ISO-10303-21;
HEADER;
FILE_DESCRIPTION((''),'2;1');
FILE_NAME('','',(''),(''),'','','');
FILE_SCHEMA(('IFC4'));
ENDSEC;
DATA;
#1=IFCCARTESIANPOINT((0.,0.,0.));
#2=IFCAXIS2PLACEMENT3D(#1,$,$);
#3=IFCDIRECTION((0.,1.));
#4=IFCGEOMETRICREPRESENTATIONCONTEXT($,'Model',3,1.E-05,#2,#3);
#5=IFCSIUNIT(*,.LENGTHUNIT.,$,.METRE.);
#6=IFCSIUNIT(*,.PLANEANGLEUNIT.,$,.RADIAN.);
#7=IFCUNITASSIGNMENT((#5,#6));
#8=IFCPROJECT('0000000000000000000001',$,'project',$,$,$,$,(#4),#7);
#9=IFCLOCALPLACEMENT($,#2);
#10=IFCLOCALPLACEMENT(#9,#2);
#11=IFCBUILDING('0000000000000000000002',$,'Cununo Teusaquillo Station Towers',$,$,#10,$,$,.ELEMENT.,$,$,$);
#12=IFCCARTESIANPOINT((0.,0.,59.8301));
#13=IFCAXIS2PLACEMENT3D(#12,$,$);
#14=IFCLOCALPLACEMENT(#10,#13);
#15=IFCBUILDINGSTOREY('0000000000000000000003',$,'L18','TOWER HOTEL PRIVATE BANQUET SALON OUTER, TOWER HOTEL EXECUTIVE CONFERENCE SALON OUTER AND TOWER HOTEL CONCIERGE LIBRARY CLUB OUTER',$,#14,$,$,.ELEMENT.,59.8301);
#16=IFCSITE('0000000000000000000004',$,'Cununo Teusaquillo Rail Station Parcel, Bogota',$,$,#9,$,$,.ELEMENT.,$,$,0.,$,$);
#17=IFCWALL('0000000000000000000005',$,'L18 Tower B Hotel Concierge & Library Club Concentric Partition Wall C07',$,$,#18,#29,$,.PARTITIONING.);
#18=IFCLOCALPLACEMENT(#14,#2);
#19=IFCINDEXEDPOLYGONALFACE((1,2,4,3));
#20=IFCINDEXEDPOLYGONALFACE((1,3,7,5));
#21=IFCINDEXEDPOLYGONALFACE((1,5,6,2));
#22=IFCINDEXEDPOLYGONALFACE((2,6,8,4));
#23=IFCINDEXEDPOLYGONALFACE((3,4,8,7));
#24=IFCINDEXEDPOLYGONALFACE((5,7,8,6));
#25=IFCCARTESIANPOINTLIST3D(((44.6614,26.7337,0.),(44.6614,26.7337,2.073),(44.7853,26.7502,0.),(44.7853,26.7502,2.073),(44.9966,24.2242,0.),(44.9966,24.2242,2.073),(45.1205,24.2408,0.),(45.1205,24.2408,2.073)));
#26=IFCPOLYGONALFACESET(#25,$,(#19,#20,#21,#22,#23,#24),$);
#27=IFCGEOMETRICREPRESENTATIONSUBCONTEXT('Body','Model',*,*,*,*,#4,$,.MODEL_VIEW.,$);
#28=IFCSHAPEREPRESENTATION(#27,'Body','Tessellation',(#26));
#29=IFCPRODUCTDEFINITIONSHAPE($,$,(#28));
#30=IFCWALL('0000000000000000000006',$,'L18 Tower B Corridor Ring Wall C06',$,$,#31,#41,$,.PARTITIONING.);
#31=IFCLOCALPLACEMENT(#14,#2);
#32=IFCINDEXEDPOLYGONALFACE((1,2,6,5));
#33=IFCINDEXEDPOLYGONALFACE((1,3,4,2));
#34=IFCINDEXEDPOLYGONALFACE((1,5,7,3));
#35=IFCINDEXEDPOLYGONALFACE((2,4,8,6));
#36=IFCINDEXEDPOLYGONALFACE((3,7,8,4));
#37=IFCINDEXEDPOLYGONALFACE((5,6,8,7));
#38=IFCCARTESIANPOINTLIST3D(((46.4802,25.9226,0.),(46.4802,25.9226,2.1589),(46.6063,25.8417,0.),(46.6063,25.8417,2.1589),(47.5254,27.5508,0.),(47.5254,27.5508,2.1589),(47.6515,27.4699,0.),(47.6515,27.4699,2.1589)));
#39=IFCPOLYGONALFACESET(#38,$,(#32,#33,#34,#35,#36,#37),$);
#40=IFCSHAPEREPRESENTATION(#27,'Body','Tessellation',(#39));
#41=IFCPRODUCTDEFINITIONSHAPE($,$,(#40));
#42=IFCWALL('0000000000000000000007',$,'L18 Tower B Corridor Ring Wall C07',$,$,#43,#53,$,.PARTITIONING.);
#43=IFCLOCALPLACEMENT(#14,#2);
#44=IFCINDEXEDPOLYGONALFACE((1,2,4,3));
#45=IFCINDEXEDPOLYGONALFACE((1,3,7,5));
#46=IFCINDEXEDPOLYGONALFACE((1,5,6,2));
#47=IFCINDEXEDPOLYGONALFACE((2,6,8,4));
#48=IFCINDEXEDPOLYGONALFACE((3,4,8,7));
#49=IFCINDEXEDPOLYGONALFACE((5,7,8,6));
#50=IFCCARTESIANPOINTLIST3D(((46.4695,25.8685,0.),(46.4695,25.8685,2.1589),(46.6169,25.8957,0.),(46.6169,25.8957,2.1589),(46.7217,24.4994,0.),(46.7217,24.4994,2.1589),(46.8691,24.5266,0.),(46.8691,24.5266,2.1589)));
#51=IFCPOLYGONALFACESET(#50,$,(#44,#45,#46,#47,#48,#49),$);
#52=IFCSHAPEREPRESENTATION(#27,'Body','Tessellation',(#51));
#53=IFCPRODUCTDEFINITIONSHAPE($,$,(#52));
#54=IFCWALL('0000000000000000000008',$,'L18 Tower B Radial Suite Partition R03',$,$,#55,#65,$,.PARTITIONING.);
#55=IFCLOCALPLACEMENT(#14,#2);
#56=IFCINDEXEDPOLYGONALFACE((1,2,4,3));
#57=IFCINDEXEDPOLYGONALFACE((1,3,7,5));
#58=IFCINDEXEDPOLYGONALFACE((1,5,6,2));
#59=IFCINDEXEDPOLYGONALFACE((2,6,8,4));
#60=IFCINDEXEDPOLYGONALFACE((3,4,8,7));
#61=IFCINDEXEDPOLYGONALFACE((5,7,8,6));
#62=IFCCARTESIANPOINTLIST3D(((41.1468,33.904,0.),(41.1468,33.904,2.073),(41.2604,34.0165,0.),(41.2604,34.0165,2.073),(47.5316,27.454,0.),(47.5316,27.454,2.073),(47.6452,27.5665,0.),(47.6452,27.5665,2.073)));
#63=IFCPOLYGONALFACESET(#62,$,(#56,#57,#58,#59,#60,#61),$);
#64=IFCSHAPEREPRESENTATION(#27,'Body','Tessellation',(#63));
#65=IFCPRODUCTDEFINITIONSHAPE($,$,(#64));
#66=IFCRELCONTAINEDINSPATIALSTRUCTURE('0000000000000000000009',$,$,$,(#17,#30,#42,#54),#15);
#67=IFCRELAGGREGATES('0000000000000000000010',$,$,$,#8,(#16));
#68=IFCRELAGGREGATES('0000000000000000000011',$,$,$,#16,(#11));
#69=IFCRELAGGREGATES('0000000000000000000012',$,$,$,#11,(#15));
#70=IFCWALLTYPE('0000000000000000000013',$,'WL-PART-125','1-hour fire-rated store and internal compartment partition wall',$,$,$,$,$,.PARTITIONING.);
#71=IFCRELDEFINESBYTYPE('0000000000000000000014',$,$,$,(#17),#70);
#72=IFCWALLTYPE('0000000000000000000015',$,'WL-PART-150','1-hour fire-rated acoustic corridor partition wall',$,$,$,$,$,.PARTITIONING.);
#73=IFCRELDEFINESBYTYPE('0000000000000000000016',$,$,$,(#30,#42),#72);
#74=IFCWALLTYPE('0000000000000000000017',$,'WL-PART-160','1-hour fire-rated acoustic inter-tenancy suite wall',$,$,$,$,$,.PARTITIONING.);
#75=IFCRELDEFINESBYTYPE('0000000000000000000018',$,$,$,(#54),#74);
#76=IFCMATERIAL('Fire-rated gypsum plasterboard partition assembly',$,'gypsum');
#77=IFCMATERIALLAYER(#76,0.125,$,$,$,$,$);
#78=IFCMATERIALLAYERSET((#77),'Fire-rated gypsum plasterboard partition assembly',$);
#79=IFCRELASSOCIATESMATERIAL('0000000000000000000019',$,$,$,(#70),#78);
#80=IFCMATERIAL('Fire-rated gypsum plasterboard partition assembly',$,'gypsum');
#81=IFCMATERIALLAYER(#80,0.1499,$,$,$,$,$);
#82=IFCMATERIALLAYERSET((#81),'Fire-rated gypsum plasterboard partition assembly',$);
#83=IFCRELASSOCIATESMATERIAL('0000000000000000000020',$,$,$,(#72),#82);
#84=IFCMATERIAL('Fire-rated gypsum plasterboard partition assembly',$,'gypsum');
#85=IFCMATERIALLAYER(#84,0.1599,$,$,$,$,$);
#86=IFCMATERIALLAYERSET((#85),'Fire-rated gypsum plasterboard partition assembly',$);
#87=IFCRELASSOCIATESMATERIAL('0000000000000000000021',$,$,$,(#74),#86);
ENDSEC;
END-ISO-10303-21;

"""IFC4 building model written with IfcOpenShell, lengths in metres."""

from ifc_helpers import new_model, si_unit, direction, frame, frame_2d, origin, place, context, subcontext, project, spatial, rectangle, extrude, material, layer, layer_set, type_object, element, save


model = new_model("IFC4")

# Units and contexts
model_context = context("Model", 3, precision=1e-05, world=origin(), true_north=direction((0.0, 1.0)))
body_context = subcontext(model_context, "Body", "Model", "MODEL_VIEW")
ifc_project = project(units=[si_unit("LENGTHUNIT", "METRE"), si_unit("PLANEANGLEUNIT", "RADIAN")], contexts=[model_context])

# Site, building, storey
site_placement = place(None, origin())
site = spatial("IfcSite", under=ifc_project, at=site_placement, Name="Cununo Teusaquillo Rail Station Parcel, Bogota", CompositionType="ELEMENT", RefElevation=0.0)
building_placement = place(site_placement, origin())
building = spatial("IfcBuilding", under=site, at=building_placement, Name="Cununo Teusaquillo Station Towers", CompositionType="ELEMENT")
storey_placement = place(building_placement, frame((0.0, 0.0, 59.8301)))
storey = spatial("IfcBuildingStorey", under=building, at=storey_placement, Name="L18", Description="TOWER HOTEL PRIVATE BANQUET SALON OUTER, TOWER HOTEL EXECUTIVE CONFERENCE SALON OUTER AND TOWER HOTEL CONCIERGE LIBRARY CLUB OUTER", CompositionType="ELEMENT", Elevation=59.8301)

# Shared definitions
ifc_material_1 = material(Name="Fire-rated gypsum plasterboard partition assembly", Category="gypsum")
ifc_layer_1 = layer(ifc_material_1, 0.125)
ifc_layer_set_1 = layer_set([ifc_layer_1], Name="Fire-rated gypsum plasterboard partition assembly")
wall_type_1 = type_object("IfcWallType", Name="WL-PART-125", Description="1-hour fire-rated store and internal compartment partition wall", PredefinedType="PARTITIONING", material=ifc_layer_set_1)

# Walls
wall_1_placement = place(storey_placement, frame((44.7234, 26.7419, 0.0), z_axis=(0.0, 0.0, 1.0), x_axis=(0.132397, -0.991197, 0.0)))
element("IfcWall", 1, at=wall_1_placement, inside=storey, type_object=wall_type_1, Name="L18 Tower B Hotel Concierge & Library Club Concentric Partition Wall C07", PredefinedType="PARTITIONING", context=body_context, shape_type="SweptSolid", body=[
    extrude(rectangle(XDim=2.5317, YDim=0.125, at=frame_2d((1.2659, 0.0))), origin(), (0.0, 0.0, 1.0), 2.073),
])
ifc_material_2 = material(Name="Fire-rated gypsum plasterboard partition assembly", Category="gypsum")
ifc_layer_2 = layer(ifc_material_2, 0.1499)
ifc_layer_set_2 = layer_set([ifc_layer_2], Name="Fire-rated gypsum plasterboard partition assembly")
wall_type_2 = type_object("IfcWallType", Name="WL-PART-150", Description="1-hour fire-rated acoustic corridor partition wall", PredefinedType="PARTITIONING", material=ifc_layer_set_2)
wall_2_placement = place(storey_placement, frame((47.5884, 27.5103, 0.0), z_axis=(0.0, 0.0, 1.0), x_axis=(-0.540203, -0.841535, 0.0)))
element("IfcWall", 2, at=wall_2_placement, inside=storey, type_object=wall_type_2, Name="L18 Tower B Corridor Ring Wall C06", PredefinedType="PARTITIONING", context=body_context, shape_type="SweptSolid", body=[
    extrude(rectangle(XDim=1.9348, YDim=0.1499, at=frame_2d((0.9673, 0.0))), origin(), (0.0, 0.0, 1.0), 2.1589),
])
wall_3_placement = place(storey_placement, frame((46.5432, 25.8821, 0.0), z_axis=(0.0, 0.0, 1.0), x_axis=(0.181154, -0.983455, 0.0)))
element("IfcWall", 3, at=wall_3_placement, inside=storey, type_object=wall_type_2, Name="L18 Tower B Corridor Ring Wall C07", PredefinedType="PARTITIONING", context=body_context, shape_type="SweptSolid", body=[
    extrude(rectangle(XDim=1.3921, YDim=0.1499, at=frame_2d((0.696, 0.0))), origin(), (0.0, 0.0, 1.0), 2.1589),
])
ifc_material_3 = material(Name="Fire-rated gypsum plasterboard partition assembly", Category="gypsum")
ifc_layer_3 = layer(ifc_material_3, 0.1599)
ifc_layer_set_3 = layer_set([ifc_layer_3], Name="Fire-rated gypsum plasterboard partition assembly")
wall_type_3 = type_object("IfcWallType", Name="WL-PART-160", Description="1-hour fire-rated acoustic inter-tenancy suite wall", PredefinedType="PARTITIONING", material=ifc_layer_set_3)
wall_4_placement = place(storey_placement, frame((47.5884, 27.5103, 0.0), z_axis=(0.0, 0.0, 1.0), x_axis=(-0.703506, 0.710689, 0.0)))
element("IfcWall", 4, at=wall_4_placement, inside=storey, type_object=wall_type_3, Name="L18 Tower B Radial Suite Partition R03", PredefinedType="PARTITIONING", context=body_context, shape_type="SweptSolid", body=[
    extrude(rectangle(XDim=9.0757, YDim=0.1599, at=frame_2d((4.5378, 0.0))), origin(), (0.0, 0.0, 1.0), 2.073),
])

save(model, "model.ifc")
